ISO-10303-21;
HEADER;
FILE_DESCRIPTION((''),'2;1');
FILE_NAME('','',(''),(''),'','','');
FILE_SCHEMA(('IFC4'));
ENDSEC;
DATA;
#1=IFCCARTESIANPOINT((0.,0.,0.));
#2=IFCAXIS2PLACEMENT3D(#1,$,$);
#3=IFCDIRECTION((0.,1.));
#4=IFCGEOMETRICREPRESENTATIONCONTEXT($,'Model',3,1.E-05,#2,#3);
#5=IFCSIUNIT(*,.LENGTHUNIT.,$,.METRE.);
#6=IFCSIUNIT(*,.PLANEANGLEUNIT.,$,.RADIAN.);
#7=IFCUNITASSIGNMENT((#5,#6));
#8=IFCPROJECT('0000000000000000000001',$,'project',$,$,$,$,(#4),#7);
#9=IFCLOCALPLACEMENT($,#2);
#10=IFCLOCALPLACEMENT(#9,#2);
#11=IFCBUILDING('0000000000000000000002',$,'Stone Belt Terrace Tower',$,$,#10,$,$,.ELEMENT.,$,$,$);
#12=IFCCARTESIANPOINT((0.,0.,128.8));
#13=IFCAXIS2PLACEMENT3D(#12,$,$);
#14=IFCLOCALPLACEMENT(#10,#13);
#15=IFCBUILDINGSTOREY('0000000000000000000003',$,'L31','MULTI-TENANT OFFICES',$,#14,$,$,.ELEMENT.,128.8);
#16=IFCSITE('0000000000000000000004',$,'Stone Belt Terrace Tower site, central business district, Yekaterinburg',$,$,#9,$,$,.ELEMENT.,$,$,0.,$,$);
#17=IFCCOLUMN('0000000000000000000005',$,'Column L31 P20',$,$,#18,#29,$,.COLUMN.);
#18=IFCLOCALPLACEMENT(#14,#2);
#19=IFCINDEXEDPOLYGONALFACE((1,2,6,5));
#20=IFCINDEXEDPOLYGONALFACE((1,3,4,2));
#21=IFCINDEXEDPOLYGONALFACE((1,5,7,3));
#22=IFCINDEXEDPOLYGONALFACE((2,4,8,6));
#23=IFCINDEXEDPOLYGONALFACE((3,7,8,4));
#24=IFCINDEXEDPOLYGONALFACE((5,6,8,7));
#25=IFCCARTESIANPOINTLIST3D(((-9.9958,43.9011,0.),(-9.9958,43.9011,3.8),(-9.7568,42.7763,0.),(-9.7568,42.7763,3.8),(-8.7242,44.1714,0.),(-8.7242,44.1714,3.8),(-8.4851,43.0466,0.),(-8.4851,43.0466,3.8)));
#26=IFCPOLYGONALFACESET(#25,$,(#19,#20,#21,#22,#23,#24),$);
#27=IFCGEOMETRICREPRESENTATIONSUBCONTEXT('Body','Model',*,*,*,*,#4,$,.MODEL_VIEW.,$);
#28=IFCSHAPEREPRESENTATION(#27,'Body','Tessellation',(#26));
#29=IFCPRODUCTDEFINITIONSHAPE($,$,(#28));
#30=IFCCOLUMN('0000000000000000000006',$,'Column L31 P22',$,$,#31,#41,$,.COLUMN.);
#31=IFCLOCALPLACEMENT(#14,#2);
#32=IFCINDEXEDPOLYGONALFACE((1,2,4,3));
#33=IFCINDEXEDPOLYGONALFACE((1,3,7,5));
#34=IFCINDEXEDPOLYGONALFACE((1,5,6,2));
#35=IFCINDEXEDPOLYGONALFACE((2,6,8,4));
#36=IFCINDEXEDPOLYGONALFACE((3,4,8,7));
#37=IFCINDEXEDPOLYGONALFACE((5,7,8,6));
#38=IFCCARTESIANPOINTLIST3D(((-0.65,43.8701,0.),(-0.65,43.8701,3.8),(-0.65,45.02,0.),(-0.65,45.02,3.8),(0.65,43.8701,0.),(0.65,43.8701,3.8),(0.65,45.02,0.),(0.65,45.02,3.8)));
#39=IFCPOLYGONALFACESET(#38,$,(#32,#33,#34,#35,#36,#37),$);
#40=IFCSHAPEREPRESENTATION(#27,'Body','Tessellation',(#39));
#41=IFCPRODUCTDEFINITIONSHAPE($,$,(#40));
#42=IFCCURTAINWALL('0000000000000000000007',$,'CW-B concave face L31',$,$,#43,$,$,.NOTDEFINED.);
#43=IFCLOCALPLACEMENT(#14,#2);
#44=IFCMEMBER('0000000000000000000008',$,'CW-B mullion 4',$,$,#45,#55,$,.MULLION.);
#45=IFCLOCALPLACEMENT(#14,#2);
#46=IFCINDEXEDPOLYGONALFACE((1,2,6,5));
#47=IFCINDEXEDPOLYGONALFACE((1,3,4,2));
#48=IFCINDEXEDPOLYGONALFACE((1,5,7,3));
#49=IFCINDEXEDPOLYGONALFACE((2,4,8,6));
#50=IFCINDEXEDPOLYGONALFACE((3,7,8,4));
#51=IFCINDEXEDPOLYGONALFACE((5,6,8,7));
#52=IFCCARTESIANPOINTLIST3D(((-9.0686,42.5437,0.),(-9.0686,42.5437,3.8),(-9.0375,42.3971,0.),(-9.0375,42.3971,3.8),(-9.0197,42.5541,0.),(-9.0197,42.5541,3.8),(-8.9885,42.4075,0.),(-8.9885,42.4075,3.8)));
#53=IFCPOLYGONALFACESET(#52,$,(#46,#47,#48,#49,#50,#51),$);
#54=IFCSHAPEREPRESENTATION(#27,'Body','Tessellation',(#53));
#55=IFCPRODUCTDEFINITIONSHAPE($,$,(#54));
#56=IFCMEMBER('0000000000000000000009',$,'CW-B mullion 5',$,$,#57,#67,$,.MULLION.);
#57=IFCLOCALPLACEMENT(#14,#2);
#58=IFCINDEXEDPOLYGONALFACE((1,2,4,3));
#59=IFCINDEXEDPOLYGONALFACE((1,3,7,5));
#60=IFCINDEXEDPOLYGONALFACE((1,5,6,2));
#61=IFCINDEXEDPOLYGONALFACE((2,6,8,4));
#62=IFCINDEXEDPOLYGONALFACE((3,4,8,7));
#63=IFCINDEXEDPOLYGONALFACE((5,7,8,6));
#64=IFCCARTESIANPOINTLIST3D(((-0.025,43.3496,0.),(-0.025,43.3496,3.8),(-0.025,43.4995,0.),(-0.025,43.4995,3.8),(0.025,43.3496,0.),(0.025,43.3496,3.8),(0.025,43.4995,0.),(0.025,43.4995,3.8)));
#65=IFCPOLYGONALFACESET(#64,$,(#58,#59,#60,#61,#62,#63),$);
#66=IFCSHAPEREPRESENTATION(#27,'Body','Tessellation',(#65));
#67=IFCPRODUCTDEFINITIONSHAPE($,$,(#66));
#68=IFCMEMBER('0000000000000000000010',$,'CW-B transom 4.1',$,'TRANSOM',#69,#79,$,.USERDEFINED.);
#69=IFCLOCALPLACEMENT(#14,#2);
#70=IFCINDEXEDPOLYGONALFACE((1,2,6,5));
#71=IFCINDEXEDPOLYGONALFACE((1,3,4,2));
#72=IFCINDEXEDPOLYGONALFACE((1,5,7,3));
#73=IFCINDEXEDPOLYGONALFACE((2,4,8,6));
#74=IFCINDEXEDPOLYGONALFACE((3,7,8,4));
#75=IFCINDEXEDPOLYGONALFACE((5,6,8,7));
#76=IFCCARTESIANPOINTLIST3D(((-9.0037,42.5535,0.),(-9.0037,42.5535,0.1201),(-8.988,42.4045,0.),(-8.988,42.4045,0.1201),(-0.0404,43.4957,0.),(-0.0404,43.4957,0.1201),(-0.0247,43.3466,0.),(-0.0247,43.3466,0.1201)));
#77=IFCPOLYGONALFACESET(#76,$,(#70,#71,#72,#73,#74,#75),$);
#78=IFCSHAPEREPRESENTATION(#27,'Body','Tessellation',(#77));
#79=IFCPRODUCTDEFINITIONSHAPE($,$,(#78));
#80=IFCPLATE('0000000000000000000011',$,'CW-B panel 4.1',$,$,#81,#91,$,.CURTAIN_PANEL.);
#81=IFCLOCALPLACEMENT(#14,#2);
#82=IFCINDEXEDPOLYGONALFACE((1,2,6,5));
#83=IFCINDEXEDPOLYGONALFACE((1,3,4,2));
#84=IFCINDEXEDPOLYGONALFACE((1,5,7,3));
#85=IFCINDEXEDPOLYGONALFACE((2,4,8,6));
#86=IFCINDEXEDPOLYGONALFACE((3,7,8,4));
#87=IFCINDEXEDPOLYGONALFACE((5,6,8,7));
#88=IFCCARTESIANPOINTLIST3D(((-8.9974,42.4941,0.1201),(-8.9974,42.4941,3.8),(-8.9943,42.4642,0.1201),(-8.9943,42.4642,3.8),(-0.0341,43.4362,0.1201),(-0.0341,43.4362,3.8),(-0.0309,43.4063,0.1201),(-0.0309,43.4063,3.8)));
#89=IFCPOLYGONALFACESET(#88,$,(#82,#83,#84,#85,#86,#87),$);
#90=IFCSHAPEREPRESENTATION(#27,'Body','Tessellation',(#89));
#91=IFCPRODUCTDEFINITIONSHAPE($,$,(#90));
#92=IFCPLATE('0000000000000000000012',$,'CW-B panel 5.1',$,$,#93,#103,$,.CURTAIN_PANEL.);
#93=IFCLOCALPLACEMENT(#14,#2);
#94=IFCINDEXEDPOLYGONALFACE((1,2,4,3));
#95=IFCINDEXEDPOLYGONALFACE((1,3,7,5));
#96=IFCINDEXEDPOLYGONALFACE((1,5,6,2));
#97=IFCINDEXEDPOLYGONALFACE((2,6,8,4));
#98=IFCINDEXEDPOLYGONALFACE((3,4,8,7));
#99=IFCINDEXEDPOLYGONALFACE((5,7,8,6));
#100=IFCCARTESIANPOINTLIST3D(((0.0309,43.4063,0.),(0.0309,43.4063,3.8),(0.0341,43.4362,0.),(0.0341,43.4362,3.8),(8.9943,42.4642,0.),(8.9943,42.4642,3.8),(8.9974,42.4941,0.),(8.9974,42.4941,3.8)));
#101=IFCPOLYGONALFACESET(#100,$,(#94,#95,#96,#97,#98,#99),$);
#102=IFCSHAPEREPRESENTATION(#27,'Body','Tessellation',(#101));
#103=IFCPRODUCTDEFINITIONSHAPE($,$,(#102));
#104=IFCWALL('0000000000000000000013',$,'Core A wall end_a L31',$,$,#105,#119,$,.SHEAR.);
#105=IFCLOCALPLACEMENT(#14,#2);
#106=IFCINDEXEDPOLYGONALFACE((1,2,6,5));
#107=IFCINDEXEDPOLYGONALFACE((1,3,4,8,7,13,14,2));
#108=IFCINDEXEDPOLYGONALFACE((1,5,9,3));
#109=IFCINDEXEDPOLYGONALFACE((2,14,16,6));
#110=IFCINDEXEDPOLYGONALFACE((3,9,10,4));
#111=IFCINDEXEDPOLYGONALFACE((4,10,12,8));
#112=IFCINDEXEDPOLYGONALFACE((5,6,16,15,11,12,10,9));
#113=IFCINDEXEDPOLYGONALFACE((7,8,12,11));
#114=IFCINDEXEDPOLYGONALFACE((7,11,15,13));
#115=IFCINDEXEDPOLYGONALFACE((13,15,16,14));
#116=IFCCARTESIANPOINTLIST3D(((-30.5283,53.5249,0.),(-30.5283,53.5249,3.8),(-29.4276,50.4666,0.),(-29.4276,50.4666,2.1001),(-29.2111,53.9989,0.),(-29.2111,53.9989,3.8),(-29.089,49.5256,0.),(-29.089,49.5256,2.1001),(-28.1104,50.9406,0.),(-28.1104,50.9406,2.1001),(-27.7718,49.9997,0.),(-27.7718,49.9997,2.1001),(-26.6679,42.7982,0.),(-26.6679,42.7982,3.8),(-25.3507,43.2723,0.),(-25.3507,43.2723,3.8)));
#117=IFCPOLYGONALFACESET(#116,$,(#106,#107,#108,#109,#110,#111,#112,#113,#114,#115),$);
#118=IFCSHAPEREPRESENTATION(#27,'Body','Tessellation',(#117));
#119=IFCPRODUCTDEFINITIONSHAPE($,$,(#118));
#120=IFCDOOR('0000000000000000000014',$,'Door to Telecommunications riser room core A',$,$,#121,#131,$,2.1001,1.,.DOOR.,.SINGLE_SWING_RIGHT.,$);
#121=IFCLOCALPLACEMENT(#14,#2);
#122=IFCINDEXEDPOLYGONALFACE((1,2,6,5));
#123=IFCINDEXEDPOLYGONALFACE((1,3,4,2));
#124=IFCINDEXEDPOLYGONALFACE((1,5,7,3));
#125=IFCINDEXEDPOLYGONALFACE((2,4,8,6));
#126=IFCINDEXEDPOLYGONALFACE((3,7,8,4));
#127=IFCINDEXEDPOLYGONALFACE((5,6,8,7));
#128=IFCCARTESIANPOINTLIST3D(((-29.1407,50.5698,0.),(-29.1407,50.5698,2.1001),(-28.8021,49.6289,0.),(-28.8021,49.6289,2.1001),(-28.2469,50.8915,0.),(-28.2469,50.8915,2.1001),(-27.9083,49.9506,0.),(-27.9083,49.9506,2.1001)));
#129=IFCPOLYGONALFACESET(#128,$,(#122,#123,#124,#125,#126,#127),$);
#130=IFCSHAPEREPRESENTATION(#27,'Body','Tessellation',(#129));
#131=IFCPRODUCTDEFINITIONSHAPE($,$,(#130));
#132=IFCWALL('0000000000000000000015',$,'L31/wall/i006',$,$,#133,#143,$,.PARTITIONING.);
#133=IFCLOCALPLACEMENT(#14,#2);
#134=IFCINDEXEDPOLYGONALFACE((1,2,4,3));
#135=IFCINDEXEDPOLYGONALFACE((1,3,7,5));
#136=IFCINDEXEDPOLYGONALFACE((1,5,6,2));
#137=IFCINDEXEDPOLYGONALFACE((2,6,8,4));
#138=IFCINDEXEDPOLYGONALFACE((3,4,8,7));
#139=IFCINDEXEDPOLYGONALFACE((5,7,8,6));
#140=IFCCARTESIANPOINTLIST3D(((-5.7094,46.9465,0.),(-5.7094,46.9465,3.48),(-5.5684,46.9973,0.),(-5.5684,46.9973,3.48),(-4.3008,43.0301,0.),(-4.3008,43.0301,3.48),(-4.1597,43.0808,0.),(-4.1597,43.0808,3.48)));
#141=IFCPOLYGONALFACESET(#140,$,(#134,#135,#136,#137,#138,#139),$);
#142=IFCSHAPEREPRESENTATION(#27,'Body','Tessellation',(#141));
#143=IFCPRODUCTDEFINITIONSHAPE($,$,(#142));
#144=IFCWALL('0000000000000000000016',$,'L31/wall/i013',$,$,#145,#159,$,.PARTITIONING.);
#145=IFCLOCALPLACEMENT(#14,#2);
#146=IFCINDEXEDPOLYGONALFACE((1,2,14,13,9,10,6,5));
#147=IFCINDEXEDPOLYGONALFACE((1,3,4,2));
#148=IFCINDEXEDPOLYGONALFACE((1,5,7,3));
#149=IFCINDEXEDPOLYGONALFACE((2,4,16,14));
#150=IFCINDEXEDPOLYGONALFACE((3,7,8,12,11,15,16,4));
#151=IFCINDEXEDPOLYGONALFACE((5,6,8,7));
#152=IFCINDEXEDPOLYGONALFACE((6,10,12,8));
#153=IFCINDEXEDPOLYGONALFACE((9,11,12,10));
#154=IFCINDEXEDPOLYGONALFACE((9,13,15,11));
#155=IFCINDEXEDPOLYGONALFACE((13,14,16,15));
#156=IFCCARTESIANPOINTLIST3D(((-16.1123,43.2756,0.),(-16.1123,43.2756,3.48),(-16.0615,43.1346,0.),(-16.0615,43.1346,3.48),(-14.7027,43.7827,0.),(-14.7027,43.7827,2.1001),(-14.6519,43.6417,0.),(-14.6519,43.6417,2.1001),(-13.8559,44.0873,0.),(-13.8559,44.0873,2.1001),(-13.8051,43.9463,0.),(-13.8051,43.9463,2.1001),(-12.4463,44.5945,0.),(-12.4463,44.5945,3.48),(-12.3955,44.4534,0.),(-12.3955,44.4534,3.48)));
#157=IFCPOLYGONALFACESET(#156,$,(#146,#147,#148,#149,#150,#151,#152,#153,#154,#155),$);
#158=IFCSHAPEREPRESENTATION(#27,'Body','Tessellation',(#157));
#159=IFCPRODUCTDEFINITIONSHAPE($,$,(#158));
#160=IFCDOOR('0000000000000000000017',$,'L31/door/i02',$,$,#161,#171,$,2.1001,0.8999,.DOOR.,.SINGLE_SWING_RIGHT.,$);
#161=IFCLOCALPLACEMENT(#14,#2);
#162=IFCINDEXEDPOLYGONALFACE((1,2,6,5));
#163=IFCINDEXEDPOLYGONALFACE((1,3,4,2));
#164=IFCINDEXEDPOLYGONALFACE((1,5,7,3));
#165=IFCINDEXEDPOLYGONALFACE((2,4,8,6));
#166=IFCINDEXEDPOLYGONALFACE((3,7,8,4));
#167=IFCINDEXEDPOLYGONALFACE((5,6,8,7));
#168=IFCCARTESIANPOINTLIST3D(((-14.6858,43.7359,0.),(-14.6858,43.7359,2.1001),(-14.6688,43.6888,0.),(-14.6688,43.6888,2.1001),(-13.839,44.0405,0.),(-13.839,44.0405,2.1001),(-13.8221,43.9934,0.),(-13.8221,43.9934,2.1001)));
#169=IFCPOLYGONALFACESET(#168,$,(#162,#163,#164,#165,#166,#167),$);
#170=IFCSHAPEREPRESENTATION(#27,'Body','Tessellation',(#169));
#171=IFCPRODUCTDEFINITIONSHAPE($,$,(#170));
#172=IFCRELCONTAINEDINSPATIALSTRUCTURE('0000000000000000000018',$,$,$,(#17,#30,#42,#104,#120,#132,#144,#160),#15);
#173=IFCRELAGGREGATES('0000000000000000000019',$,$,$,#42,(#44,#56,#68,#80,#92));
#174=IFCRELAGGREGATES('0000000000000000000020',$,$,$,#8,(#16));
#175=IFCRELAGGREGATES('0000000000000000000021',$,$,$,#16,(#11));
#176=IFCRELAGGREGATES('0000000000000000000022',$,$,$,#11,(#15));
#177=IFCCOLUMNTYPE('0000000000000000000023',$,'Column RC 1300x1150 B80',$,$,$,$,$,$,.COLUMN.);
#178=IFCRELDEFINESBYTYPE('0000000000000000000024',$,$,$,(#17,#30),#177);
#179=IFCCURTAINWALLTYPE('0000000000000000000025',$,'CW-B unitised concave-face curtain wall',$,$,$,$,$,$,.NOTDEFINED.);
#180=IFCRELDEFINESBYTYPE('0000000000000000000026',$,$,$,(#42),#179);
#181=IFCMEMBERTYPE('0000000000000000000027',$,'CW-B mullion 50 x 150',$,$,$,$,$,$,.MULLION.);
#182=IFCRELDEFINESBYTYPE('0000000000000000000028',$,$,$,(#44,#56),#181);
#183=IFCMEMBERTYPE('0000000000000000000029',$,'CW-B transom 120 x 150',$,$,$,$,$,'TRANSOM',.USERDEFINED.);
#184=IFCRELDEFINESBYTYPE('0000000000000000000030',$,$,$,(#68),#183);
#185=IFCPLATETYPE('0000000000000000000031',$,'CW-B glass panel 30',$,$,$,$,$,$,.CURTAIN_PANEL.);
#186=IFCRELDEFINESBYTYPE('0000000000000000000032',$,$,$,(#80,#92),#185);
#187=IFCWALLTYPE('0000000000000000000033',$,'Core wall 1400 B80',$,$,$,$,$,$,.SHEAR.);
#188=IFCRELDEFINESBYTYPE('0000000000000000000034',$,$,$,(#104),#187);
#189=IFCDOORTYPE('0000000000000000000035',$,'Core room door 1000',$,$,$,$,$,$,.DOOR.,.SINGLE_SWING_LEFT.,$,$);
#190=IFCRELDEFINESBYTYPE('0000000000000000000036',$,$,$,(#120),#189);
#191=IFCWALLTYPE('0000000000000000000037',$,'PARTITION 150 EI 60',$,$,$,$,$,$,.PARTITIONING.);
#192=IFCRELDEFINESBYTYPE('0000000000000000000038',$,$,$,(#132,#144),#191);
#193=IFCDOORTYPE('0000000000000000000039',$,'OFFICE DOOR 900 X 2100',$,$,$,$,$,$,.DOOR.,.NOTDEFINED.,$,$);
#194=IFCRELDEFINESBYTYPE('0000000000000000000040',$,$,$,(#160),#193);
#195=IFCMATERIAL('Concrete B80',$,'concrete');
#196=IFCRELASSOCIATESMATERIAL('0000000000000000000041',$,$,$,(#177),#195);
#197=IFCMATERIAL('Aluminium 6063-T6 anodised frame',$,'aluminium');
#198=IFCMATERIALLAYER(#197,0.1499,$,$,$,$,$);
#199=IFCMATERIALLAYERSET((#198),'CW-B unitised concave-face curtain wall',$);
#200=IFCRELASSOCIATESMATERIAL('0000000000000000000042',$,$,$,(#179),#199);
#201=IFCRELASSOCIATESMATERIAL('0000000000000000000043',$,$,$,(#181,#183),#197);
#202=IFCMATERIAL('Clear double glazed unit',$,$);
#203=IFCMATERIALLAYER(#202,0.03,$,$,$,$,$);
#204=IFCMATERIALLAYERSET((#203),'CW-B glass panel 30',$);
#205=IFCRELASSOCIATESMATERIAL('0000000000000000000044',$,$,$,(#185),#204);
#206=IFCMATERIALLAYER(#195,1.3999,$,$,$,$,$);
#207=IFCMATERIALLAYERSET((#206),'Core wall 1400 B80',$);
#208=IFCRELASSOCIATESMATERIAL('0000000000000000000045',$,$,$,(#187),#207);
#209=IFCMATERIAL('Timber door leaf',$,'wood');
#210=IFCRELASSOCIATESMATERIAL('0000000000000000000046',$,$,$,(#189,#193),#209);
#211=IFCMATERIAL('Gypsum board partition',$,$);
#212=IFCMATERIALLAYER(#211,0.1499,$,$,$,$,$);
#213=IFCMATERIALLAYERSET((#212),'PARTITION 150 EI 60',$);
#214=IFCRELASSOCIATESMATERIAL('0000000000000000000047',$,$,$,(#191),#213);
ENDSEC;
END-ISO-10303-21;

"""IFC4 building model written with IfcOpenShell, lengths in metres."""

from ifc_helpers import new_model, si_unit, direction, frame, frame_2d, origin, origin_2d, place, context, subcontext, project, spatial, rectangle, extrude, material, layer, layer_set, material_profile, profile_set, type_object, element, fill, aggregate, save


model = new_model("IFC4")

# Units and contexts
model_context = context("Model", 3, precision=1e-05, world=origin(), true_north=direction((0.0, 1.0)))
body_context = subcontext(model_context, "Body", "Model", "MODEL_VIEW")
ifc_project = project(units=[si_unit("LENGTHUNIT", "METRE"), si_unit("PLANEANGLEUNIT", "RADIAN")], contexts=[model_context])

# Site, building, storey
site_placement = place(None, origin())
site = spatial("IfcSite", under=ifc_project, at=site_placement, Name="Stone Belt Terrace Tower site, central business district, Yekaterinburg", CompositionType="ELEMENT", RefElevation=0.0)
building_placement = place(site_placement, origin())
building = spatial("IfcBuilding", under=site, at=building_placement, Name="Stone Belt Terrace Tower", CompositionType="ELEMENT")
storey_placement = place(building_placement, frame((0.0, 0.0, 128.8)))
storey = spatial("IfcBuildingStorey", under=building, at=storey_placement, Name="L31", Description="MULTI-TENANT OFFICES", CompositionType="ELEMENT", Elevation=128.8)

# Columns
ifc_material_1 = material(Name="Concrete B80", Category="concrete")
ifc_material_profile_1 = material_profile(ifc_material_1, rectangle(XDim=1.3, YDim=1.1499, at=origin_2d()), Name="RC 1300x1150")
ifc_profile_set_1 = profile_set([ifc_material_profile_1], Name="Concrete B80")
column_type = type_object("IfcColumnType", Name="Column RC 1300x1150 B80", PredefinedType="COLUMN", material=ifc_profile_set_1)
for number, where, z_axis, x_axis, name in (
    (1, (-9.2405, 43.4739, 0.0), (0.0, 0.0, 1.0), (0.978148, 0.207912, 0.0), "Column L31 P20"),
    (2, (0.0, 44.4451, 0.0), (0.0, 0.0, 1.0), (1.0, 0.0, 0.0), "Column L31 P22"),
):
    element("IfcColumn", number, at=place(storey_placement, frame(where, z_axis=z_axis, x_axis=x_axis)), inside=storey, type_object=column_type, Name=name, PredefinedType="COLUMN", context=body_context, shape_type="SweptSolid", body=[
        extrude(rectangle(XDim=1.3, YDim=1.1499, at=origin_2d()), origin(), (0.0, 0.0, 1.0), 3.8),
    ])

# Curtain wall, members, plates
ifc_material_2 = material(Name="Aluminium 6063-T6 anodised frame", Category="aluminium")
ifc_layer_1 = layer(ifc_material_2, 0.1499)
ifc_layer_set_1 = layer_set([ifc_layer_1], Name="CW-B unitised concave-face curtain wall")
curtain_wall_type = type_object("IfcCurtainWallType", Name="CW-B unitised concave-face curtain wall", PredefinedType="NOTDEFINED", material=ifc_layer_set_1)
curtain_wall_placement = place(storey_placement, origin())
curtain_wall = element("IfcCurtainWall", 3, at=curtain_wall_placement, inside=storey, type_object=curtain_wall_type, Name="CW-B concave face L31", PredefinedType="NOTDEFINED")
ifc_material_profile_2 = material_profile(ifc_material_2, rectangle(XDim=0.1499, YDim=0.05, at=origin_2d()), Name="Aluminium 6063-T6 50x150")
ifc_profile_set_2 = profile_set([ifc_material_profile_2], Name="Aluminium 6063-T6 anodised frame")
member_type_1 = type_object("IfcMemberType", Name="CW-B mullion 50 x 150", PredefinedType="MULLION", material=ifc_profile_set_2)
member_1_placement = place(storey_placement, frame((-9.0286, 42.4756, 0.0), z_axis=(0.0, 0.0, 1.0), x_axis=(-0.207912, 0.978148, 0.0)))
member_1 = element("IfcMember", 4, at=member_1_placement, type_object=member_type_1, Name="CW-B mullion 4", PredefinedType="MULLION", context=body_context, shape_type="SweptSolid", body=[
    extrude(rectangle(XDim=0.1499, YDim=0.05, at=origin_2d()), origin(), (0.0, 0.0, 1.0), 3.8),
])
member_2_placement = place(storey_placement, frame((0.0, 43.4246, 0.0), z_axis=(0.0, 0.0, 1.0), x_axis=(0.0, 1.0, 0.0)))
member_2 = element("IfcMember", 5, at=member_2_placement, type_object=member_type_1, Name="CW-B mullion 5", PredefinedType="MULLION", context=body_context, shape_type="SweptSolid", body=[
    extrude(rectangle(XDim=0.1499, YDim=0.05, at=origin_2d()), origin(), (0.0, 0.0, 1.0), 3.8),
])
ifc_material_profile_3 = material_profile(ifc_material_2, rectangle(XDim=0.1499, YDim=0.1201, at=origin_2d()), Name="Aluminium 6063-T6 150x120")
ifc_profile_set_3 = profile_set([ifc_material_profile_3], Name="Aluminium 6063-T6 anodised frame")
member_type_2 = type_object("IfcMemberType", Name="CW-B transom 120 x 150", ElementType="TRANSOM", PredefinedType="USERDEFINED", material=ifc_profile_set_3)
member_3_placement = place(storey_placement, frame((-8.9958, 42.479, 0.0601), z_axis=(0.994521, 0.104534, 0.0), x_axis=(-0.104534, 0.994521, 0.0)))
member_3 = element("IfcMember", 6, at=member_3_placement, type_object=member_type_2, Name="CW-B transom 4.1", ObjectType="TRANSOM", PredefinedType="USERDEFINED", context=body_context, shape_type="SweptSolid", body=[
    extrude(rectangle(XDim=0.1499, YDim=0.1201, at=origin_2d()), origin(), (0.0, 0.0, 1.0), 9.0127),
])
ifc_material_3 = material(Name="Clear double glazed unit")
ifc_layer_2 = layer(ifc_material_3, 0.03)
ifc_layer_set_2 = layer_set([ifc_layer_2], Name="CW-B glass panel 30")
plate_type = type_object("IfcPlateType", Name="CW-B glass panel 30", PredefinedType="CURTAIN_PANEL", material=ifc_layer_set_2)
plate_1_placement = place(storey_placement, frame((-4.5142, 42.9502, 0.1201), z_axis=(0.0, 0.0, 1.0), x_axis=(0.994522, 0.104528, 0.0)))
plate_1 = element("IfcPlate", 7, at=plate_1_placement, type_object=plate_type, Name="CW-B panel 4.1", PredefinedType="CURTAIN_PANEL", context=body_context, shape_type="SweptSolid", body=[
    extrude(rectangle(XDim=9.0127, YDim=0.03, at=origin_2d()), origin(), (0.0, 0.0, 1.0), 3.6799),
])
plate_2_placement = place(storey_placement, frame((4.5142, 42.9502, 0.0), z_axis=(0.0, 0.0, 1.0), x_axis=(0.994522, -0.104528, 0.0)))
plate_2 = element("IfcPlate", 8, at=plate_2_placement, type_object=plate_type, Name="CW-B panel 5.1", PredefinedType="CURTAIN_PANEL", context=body_context, shape_type="SweptSolid", body=[
    extrude(rectangle(XDim=9.0127, YDim=0.03, at=origin_2d()), origin(), (0.0, 0.0, 1.0), 3.8),
])
aggregate(curtain_wall, [member_1, member_2, member_3, plate_1, plate_2])

# Wall, opening, door
ifc_layer_3 = layer(ifc_material_1, 1.3999)
ifc_layer_set_3 = layer_set([ifc_layer_3], Name="Core wall 1400 B80")
wall_type_1 = type_object("IfcWallType", Name="Core wall 1400 B80", PredefinedType="SHEAR", material=ifc_layer_set_3)
wall_1_placement = place(storey_placement, frame((-26.0093, 43.0352, 0.0), z_axis=(0.0, 0.0, 1.0), x_axis=(-0.338625, 0.940921, 0.0)))
wall_1 = element("IfcWall", 9, at=wall_1_placement, inside=storey, type_object=wall_type_1, Name="Core A wall end_a L31", PredefinedType="SHEAR", context=body_context, shape_type="SweptSolid", body=[
    extrude(rectangle(XDim=11.4001, YDim=1.3999, at=frame_2d((5.7002, 0.0))), origin(), (0.0, 0.0, 1.0), 3.8),
])
opening_1_placement = place(wall_1_placement, frame((7.1499, 0.0, 0.0)))
opening_1 = element("IfcOpeningElement", 10, at=opening_1_placement, cuts=wall_1, PredefinedType="OPENING", context=body_context, shape_type="SweptSolid", body=[
    extrude(rectangle(XDim=1.0, YDim=2.1001, at=frame_2d((0.5, 1.05))), frame((0.0, 0.71, 0.0), z_axis=(0.0, -1.0, 0.0), x_axis=(1.0, 0.0, 0.0)), (0.0, 0.0, 1.0), 1.4199),
])
ifc_material_4 = material(Name="Timber door leaf", Category="wood")
door_type_1 = type_object("IfcDoorType", Name="Core room door 1000", OperationType="SINGLE_SWING_LEFT", PredefinedType="DOOR", material=ifc_material_4)
door_1_placement = place(opening_1_placement, origin())
door_1 = element("IfcDoor", 11, at=door_1_placement, inside=storey, type_object=door_type_1, Name="Door to Telecommunications riser room core A", OperationType="SINGLE_SWING_RIGHT", OverallHeight=2.1001, OverallWidth=1.0, PredefinedType="DOOR", context=body_context, shape_type="SweptSolid", body=[
    extrude(rectangle(XDim=1.0, YDim=2.1001, at=frame_2d((0.5, 1.05))), frame((0.0, 0.395, 0.0), z_axis=(0.0, -1.0, 0.0), x_axis=(1.0, 0.0, 0.0)), (0.0, 0.0, 1.0), 0.95),
])
fill(opening_1, door_1)

# Wall
ifc_material_5 = material(Name="Gypsum board partition")
ifc_layer_4 = layer(ifc_material_5, 0.1499)
ifc_layer_set_4 = layer_set([ifc_layer_4], Name="PARTITION 150 EI 60")
wall_type_2 = type_object("IfcWallType", Name="PARTITION 150 EI 60", PredefinedType="PARTITIONING", material=ifc_layer_set_4)
wall_2_placement = place(storey_placement, frame((-4.2302, 43.0554, 0.0), z_axis=(0.0, 0.0, 1.0), x_axis=(-0.338454, 0.940983, 0.0)))
element("IfcWall", 12, at=wall_2_placement, inside=storey, type_object=wall_type_2, Name="L31/wall/i006", PredefinedType="PARTITIONING", context=body_context, shape_type="SweptSolid", body=[
    extrude(rectangle(XDim=4.1621, YDim=0.1499, at=frame_2d((2.0811, 0.0))), origin(), (0.0, 0.0, 1.0), 3.48),
])

# Wall, opening, door
wall_3_placement = place(storey_placement, frame((-12.4209, 44.5239, 0.0), z_axis=(0.0, 0.0, 1.0), x_axis=(-0.940962, -0.338511, 0.0)))
wall_3 = element("IfcWall", 13, at=wall_3_placement, inside=storey, type_object=wall_type_2, Name="L31/wall/i013", PredefinedType="PARTITIONING", context=body_context, shape_type="SweptSolid", body=[
    extrude(rectangle(XDim=3.896, YDim=0.1499, at=frame_2d((1.948, 0.0))), origin(), (0.0, 0.0, 1.0), 3.48),
])
opening_2_placement = place(wall_3_placement, frame((1.498, 0.0, 0.0)))
opening_2 = element("IfcOpeningElement", 14, at=opening_2_placement, cuts=wall_3, PredefinedType="OPENING", context=body_context, shape_type="SweptSolid", body=[
    extrude(rectangle(XDim=0.8999, YDim=2.1001, at=frame_2d((0.45, 1.05))), frame((0.0, 0.085, 0.0), z_axis=(0.0, -1.0, 0.0), x_axis=(1.0, 0.0, 0.0)), (0.0, 0.0, 1.0), 0.1699),
])
door_type_2 = type_object("IfcDoorType", Name="OFFICE DOOR 900 X 2100", OperationType="NOTDEFINED", PredefinedType="DOOR", material=ifc_material_4)
door_2_placement = place(opening_2_placement, origin())
door_2 = element("IfcDoor", 15, at=door_2_placement, inside=storey, type_object=door_type_2, Name="L31/door/i02", OperationType="SINGLE_SWING_RIGHT", OverallHeight=2.1001, OverallWidth=0.8999, PredefinedType="DOOR", context=body_context, shape_type="SweptSolid", body=[
    extrude(rectangle(XDim=0.8999, YDim=2.1001, at=frame_2d((0.45, 1.05))), frame((0.0, 0.0249, 0.0), z_axis=(0.0, -1.0, 0.0), x_axis=(1.0, 0.0, 0.0)), (0.0, 0.0, 1.0), 0.05),
])
fill(opening_2, door_2)

save(model, "model.ifc")
